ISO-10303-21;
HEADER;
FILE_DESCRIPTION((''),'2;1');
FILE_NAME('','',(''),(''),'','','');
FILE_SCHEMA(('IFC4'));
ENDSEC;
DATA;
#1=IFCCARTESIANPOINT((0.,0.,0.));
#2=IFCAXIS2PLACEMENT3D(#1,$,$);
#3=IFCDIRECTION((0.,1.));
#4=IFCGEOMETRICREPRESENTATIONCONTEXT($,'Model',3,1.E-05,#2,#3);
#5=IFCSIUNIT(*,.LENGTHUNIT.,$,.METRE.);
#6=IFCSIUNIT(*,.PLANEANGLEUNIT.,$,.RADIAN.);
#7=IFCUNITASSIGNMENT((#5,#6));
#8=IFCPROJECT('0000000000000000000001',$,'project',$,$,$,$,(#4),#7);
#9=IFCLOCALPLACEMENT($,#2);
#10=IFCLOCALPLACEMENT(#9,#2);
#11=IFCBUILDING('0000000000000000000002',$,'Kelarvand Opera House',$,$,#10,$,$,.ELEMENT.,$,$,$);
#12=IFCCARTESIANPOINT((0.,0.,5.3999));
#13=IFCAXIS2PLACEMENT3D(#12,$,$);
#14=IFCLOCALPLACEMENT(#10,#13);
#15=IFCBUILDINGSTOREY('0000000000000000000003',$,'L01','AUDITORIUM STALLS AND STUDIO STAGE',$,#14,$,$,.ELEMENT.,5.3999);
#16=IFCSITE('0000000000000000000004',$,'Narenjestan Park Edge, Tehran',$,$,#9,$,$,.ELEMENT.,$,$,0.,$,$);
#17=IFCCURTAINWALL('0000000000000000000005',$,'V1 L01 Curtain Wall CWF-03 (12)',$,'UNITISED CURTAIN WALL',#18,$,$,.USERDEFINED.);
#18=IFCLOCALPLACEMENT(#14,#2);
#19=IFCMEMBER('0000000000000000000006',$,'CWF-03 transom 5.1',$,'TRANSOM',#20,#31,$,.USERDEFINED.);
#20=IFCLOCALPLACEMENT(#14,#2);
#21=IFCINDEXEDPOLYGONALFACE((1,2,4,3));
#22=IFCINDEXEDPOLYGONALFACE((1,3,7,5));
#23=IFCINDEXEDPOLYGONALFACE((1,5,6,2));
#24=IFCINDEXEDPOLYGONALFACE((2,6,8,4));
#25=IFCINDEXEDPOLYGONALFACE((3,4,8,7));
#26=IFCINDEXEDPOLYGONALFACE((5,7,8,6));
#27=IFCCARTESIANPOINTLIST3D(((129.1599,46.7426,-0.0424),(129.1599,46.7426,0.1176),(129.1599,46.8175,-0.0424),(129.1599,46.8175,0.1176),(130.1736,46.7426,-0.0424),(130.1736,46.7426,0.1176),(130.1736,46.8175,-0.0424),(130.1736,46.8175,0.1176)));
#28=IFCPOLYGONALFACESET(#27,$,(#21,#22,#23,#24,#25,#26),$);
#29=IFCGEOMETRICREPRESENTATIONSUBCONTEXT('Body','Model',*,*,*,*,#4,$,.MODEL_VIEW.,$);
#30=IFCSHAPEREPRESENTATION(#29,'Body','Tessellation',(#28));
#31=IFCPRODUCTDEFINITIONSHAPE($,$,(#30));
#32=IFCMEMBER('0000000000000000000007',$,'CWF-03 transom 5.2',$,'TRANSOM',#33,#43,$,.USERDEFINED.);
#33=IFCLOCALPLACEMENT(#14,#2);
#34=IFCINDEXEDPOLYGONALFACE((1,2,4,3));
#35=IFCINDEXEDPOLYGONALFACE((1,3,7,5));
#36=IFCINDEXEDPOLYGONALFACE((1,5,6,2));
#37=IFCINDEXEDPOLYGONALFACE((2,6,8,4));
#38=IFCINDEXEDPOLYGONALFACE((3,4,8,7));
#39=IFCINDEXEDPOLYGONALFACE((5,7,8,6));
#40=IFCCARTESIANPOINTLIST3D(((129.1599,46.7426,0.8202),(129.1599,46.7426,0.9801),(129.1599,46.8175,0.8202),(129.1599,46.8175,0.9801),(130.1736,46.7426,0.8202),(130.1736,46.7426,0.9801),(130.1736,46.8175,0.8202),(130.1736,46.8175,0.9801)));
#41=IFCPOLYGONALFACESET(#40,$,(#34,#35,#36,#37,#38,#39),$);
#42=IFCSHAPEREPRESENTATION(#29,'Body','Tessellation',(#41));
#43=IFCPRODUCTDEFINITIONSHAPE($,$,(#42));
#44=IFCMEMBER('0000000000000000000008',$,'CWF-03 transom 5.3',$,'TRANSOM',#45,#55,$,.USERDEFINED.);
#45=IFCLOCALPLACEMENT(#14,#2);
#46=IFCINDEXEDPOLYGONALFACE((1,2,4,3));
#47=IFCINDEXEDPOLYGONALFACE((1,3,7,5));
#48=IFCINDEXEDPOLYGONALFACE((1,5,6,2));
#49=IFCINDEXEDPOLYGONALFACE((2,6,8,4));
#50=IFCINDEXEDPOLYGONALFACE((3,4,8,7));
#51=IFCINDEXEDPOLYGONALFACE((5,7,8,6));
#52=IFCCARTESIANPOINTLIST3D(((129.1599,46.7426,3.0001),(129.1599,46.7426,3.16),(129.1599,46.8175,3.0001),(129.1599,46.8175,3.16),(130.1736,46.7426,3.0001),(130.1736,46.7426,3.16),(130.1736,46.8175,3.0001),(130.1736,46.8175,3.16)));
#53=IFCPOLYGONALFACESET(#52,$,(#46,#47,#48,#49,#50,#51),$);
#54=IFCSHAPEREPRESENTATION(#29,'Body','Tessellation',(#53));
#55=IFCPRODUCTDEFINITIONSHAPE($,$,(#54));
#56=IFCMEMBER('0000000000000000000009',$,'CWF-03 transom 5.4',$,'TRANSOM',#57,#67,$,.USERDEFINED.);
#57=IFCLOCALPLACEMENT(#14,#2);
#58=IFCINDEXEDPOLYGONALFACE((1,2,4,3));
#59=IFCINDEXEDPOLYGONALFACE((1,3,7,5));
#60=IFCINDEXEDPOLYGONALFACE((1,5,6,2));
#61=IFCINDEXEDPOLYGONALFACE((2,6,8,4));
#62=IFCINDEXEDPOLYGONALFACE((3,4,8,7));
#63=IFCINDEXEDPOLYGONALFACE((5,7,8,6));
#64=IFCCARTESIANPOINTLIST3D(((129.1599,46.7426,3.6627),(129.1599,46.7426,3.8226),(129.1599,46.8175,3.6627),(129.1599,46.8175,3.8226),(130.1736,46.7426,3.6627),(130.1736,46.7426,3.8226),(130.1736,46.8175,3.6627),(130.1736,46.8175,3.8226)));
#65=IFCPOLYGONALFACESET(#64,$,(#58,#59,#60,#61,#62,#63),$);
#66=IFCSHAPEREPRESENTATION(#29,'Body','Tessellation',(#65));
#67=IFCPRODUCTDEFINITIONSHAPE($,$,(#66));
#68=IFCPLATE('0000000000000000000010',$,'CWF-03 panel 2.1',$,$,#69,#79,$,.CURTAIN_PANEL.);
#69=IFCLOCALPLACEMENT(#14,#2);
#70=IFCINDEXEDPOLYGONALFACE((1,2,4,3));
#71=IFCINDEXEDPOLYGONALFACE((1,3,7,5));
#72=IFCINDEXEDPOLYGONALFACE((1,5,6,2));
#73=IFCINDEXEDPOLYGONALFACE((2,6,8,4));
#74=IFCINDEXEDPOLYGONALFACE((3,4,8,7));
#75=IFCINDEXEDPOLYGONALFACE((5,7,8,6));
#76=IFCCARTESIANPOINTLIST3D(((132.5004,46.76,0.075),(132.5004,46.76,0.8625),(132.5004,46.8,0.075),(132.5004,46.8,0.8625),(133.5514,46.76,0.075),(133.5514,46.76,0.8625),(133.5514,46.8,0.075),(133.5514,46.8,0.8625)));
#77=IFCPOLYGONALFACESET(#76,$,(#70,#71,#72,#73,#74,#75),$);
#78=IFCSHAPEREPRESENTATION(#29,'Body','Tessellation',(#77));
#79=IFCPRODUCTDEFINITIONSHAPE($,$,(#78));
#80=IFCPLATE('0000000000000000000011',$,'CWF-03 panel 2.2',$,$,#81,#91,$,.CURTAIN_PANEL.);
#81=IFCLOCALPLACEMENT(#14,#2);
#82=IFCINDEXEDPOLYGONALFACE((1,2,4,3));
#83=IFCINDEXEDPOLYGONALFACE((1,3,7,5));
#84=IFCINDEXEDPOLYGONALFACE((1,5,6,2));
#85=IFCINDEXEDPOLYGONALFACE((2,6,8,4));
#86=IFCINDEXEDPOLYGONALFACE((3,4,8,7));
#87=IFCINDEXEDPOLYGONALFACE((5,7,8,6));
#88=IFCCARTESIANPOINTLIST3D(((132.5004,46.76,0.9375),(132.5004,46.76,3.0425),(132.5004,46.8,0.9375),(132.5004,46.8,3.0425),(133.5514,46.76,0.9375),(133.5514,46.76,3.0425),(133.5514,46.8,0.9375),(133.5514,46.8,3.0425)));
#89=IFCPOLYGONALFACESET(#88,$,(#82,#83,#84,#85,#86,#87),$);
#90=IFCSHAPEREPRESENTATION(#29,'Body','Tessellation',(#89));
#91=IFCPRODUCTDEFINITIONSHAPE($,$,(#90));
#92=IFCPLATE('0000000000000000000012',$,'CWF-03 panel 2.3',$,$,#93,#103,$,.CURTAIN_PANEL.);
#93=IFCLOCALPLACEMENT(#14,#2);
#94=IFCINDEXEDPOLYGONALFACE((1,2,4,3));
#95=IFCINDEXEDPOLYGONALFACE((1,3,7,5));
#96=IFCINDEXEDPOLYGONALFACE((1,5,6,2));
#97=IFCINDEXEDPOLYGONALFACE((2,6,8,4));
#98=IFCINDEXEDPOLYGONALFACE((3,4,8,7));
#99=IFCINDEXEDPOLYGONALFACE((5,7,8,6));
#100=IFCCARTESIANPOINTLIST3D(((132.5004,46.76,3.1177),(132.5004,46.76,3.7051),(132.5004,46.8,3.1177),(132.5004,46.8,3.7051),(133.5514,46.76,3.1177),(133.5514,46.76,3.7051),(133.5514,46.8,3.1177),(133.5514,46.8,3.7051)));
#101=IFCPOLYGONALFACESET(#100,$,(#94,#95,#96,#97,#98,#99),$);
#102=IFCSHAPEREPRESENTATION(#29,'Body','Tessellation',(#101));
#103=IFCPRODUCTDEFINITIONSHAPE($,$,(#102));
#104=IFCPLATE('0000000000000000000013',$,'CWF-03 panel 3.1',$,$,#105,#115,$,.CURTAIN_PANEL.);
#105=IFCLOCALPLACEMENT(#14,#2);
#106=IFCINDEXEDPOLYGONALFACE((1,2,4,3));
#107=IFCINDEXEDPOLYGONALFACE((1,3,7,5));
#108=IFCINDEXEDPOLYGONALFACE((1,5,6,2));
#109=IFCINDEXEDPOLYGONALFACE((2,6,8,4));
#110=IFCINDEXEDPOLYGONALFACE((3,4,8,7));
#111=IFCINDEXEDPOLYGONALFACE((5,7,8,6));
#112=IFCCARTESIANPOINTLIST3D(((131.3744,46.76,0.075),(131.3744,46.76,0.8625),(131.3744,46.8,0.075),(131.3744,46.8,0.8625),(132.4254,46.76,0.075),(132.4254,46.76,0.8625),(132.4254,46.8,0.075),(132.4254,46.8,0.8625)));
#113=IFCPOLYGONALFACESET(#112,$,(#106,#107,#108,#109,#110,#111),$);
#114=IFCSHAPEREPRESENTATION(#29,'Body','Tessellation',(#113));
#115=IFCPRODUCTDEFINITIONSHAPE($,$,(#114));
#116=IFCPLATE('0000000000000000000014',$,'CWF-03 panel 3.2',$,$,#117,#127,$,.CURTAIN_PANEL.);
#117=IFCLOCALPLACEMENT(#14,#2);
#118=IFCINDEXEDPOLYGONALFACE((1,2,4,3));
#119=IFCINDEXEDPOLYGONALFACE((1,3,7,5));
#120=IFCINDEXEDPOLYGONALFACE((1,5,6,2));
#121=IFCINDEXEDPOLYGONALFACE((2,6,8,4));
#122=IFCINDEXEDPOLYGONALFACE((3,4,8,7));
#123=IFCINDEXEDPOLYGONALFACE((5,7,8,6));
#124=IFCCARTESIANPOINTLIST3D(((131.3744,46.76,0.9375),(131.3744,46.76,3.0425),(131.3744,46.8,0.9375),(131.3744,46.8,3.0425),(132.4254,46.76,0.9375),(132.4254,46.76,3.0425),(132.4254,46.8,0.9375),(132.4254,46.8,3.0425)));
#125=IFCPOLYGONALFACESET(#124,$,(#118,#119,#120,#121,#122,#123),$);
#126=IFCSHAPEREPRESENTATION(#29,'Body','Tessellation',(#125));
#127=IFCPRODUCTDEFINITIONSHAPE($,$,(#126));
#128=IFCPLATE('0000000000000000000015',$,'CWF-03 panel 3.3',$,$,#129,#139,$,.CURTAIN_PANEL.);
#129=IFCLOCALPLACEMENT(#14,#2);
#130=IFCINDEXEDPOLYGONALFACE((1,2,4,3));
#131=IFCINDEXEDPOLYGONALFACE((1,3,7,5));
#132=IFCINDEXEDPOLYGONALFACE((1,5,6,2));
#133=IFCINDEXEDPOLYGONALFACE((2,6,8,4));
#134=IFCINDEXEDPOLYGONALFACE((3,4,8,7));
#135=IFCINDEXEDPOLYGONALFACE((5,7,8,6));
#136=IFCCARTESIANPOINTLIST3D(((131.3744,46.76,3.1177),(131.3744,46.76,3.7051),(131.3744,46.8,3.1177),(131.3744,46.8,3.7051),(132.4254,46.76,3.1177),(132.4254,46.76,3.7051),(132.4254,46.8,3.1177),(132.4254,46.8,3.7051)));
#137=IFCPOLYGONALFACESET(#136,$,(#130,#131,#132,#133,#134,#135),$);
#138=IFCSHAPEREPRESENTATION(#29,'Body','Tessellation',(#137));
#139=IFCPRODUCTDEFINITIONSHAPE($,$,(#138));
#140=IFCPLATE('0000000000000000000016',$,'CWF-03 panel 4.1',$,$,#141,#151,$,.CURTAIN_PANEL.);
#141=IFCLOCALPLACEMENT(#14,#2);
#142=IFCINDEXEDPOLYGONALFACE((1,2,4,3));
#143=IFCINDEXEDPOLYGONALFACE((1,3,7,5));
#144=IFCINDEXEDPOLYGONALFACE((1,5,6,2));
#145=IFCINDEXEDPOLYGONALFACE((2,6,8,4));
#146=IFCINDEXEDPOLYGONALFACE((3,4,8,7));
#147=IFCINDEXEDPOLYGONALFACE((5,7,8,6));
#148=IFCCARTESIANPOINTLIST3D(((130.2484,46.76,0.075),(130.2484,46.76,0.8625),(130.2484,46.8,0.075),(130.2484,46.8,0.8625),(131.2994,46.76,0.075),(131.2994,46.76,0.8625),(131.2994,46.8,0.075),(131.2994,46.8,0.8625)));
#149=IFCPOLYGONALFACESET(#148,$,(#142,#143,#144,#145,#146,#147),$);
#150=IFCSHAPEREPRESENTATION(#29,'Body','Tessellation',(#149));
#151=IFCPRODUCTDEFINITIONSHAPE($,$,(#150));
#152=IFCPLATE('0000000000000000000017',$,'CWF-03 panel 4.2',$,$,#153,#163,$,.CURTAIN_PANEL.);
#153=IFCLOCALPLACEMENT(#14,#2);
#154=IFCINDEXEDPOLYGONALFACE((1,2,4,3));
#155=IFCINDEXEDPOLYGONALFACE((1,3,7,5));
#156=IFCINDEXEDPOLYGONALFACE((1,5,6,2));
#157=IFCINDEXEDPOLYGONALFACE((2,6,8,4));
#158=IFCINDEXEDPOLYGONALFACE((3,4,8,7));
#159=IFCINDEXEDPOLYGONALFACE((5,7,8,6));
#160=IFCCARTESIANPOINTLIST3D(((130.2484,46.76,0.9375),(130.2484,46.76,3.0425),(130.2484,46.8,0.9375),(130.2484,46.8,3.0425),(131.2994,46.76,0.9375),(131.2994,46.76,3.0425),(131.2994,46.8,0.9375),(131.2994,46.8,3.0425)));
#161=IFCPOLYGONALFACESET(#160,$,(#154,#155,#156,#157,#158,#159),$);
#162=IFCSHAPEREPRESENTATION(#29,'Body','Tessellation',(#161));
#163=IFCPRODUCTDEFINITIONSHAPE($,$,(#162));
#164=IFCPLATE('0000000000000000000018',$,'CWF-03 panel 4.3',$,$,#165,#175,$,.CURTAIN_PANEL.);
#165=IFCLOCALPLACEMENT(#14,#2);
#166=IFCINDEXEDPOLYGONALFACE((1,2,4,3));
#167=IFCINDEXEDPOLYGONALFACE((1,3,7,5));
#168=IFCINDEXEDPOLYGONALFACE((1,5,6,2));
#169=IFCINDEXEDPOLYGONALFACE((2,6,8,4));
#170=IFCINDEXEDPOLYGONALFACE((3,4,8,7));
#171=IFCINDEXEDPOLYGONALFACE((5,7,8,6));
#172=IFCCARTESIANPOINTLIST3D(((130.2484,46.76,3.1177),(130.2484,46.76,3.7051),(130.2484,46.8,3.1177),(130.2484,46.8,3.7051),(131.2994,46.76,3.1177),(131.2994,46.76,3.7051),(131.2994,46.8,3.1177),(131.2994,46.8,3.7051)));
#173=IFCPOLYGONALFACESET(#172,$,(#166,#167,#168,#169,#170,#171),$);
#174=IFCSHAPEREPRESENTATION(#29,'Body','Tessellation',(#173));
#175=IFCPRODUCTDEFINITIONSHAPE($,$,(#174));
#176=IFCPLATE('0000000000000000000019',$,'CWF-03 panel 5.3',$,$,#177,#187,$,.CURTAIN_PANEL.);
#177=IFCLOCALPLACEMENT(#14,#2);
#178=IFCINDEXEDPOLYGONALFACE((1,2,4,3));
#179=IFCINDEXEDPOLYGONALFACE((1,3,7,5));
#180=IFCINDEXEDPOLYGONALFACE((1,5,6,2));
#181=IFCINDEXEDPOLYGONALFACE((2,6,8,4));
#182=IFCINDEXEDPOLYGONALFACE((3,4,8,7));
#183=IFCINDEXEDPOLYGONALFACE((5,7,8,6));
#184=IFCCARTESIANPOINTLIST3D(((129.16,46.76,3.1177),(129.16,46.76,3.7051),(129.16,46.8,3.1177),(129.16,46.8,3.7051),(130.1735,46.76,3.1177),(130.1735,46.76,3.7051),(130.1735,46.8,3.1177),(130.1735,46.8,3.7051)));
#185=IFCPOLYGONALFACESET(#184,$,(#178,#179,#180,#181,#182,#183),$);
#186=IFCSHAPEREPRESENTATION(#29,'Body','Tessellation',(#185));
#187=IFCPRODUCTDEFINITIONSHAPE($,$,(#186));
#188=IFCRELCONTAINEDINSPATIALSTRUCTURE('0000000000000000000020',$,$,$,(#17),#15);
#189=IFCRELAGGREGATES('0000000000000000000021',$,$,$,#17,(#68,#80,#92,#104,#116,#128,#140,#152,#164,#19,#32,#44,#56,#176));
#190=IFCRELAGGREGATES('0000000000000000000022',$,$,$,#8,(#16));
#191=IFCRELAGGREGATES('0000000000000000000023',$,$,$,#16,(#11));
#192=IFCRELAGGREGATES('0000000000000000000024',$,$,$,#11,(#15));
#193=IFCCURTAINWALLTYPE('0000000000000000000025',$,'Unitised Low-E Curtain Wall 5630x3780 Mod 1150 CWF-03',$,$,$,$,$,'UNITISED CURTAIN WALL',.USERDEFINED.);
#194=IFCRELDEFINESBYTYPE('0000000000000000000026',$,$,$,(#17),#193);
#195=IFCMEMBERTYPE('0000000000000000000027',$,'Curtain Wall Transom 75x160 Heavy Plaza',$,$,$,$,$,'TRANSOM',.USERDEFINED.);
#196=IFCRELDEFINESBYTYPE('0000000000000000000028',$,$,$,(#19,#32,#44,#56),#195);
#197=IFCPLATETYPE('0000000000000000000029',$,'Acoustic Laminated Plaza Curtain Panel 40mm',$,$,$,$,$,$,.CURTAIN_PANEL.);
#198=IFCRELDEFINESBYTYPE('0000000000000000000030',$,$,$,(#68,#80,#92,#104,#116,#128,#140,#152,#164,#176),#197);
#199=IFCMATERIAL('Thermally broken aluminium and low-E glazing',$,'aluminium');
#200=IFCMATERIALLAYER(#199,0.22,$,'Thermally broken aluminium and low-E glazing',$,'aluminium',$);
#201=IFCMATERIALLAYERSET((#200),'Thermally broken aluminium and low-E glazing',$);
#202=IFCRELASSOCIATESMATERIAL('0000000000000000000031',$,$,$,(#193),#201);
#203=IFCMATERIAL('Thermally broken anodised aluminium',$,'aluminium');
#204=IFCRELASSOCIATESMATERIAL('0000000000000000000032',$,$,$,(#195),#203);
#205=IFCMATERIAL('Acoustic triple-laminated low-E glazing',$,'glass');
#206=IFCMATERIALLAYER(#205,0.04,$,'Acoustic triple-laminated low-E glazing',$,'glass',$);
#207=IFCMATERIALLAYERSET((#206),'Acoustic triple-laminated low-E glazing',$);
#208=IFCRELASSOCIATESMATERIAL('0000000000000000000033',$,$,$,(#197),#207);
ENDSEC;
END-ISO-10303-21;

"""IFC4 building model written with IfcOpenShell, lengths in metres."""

from ifc_helpers import new_model, si_unit, direction, frame, origin, origin_2d, place, context, subcontext, project, spatial, rectangle, extrude, material, layer, layer_set, material_profile, profile_set, type_object, element, aggregate, save


model = new_model("IFC4")

# Units and contexts
model_context = context("Model", 3, precision=1e-05, world=origin(), true_north=direction((0.0, 1.0)))
body_context = subcontext(model_context, "Body", "Model", "MODEL_VIEW")
ifc_project = project(units=[si_unit("LENGTHUNIT", "METRE"), si_unit("PLANEANGLEUNIT", "RADIAN")], contexts=[model_context])

# Site, building, storey
site_placement = place(None, origin())
site = spatial("IfcSite", under=ifc_project, at=site_placement, Name="Narenjestan Park Edge, Tehran", CompositionType="ELEMENT", RefElevation=0.0)
building_placement = place(site_placement, origin())
building = spatial("IfcBuilding", under=site, at=building_placement, Name="Kelarvand Opera House", CompositionType="ELEMENT")
storey_placement = place(building_placement, frame((0.0, 0.0, 5.3999)))
storey = spatial("IfcBuildingStorey", under=building, at=storey_placement, Name="L01", Description="AUDITORIUM STALLS AND STUDIO STAGE", CompositionType="ELEMENT", Elevation=5.3999)

# Curtain wall, members, plates
ifc_material_1 = material(Name="Thermally broken aluminium and low-E glazing", Category="aluminium")
ifc_layer_1 = layer(ifc_material_1, 0.22, Name="Thermally broken aluminium and low-E glazing", Category="aluminium")
ifc_layer_set_1 = layer_set([ifc_layer_1], Name="Thermally broken aluminium and low-E glazing")
curtain_wall_type = type_object("IfcCurtainWallType", Name="Unitised Low-E Curtain Wall 5630x3780 Mod 1150 CWF-03", ElementType="UNITISED CURTAIN WALL", PredefinedType="USERDEFINED", material=ifc_layer_set_1)
curtain_wall_placement = place(storey_placement, origin())
curtain_wall = element("IfcCurtainWall", 1, at=curtain_wall_placement, inside=storey, type_object=curtain_wall_type, Name="V1 L01 Curtain Wall CWF-03 (12)", ObjectType="UNITISED CURTAIN WALL", PredefinedType="USERDEFINED")
ifc_material_2 = material(Name="Thermally broken anodised aluminium", Category="aluminium")
ifc_material_profile_1 = material_profile(ifc_material_2, rectangle(XDim=0.075, YDim=0.1599, at=origin_2d()), Name="ALU TRANSOM 75x160", Category="aluminium")
ifc_profile_set_1 = profile_set([ifc_material_profile_1], Name="Thermally broken anodised aluminium")
member_type_1 = type_object("IfcMemberType", Name="Curtain Wall Transom 75x160 Heavy Plaza", ElementType="TRANSOM", PredefinedType="USERDEFINED", material=ifc_profile_set_1)
member_1_placement = place(storey_placement, frame((130.1736, 46.78, 0.0376), z_axis=(-1.0, 0.0, 0.0), x_axis=(0.0, -1.0, 0.0)))
member_1 = element("IfcMember", 2, at=member_1_placement, type_object=member_type_1, Name="CWF-03 transom 5.1", ObjectType="TRANSOM", PredefinedType="USERDEFINED", context=body_context, shape_type="SweptSolid", body=[
    extrude(rectangle(XDim=0.075, YDim=0.1599, at=origin_2d()), origin(), (0.0, 0.0, 1.0), 1.0137),
])
member_2_placement = place(storey_placement, frame((130.1736, 46.78, 0.9001), z_axis=(-1.0, 0.0, 0.0), x_axis=(0.0, -1.0, 0.0)))
member_2 = element("IfcMember", 3, at=member_2_placement, type_object=member_type_1, Name="CWF-03 transom 5.2", ObjectType="TRANSOM", PredefinedType="USERDEFINED", context=body_context, shape_type="SweptSolid", body=[
    extrude(rectangle(XDim=0.075, YDim=0.1599, at=origin_2d()), origin(), (0.0, 0.0, 1.0), 1.0137),
])
member_3_placement = place(storey_placement, frame((130.1736, 46.78, 3.0801), z_axis=(-1.0, 0.0, 0.0), x_axis=(0.0, -1.0, 0.0)))
member_3 = element("IfcMember", 4, at=member_3_placement, type_object=member_type_1, Name="CWF-03 transom 5.3", ObjectType="TRANSOM", PredefinedType="USERDEFINED", context=body_context, shape_type="SweptSolid", body=[
    extrude(rectangle(XDim=0.075, YDim=0.1599, at=origin_2d()), origin(), (0.0, 0.0, 1.0), 1.0137),
])
member_4_placement = place(storey_placement, frame((130.1736, 46.78, 3.7427), z_axis=(-1.0, 0.0, 0.0), x_axis=(0.0, -1.0, 0.0)))
member_4 = element("IfcMember", 5, at=member_4_placement, type_object=member_type_1, Name="CWF-03 transom 5.4", ObjectType="TRANSOM", PredefinedType="USERDEFINED", context=body_context, shape_type="SweptSolid", body=[
    extrude(rectangle(XDim=0.075, YDim=0.1599, at=origin_2d()), origin(), (0.0, 0.0, 1.0), 1.0137),
])
ifc_material_3 = material(Name="Acoustic triple-laminated low-E glazing", Category="glass")
ifc_layer_2 = layer(ifc_material_3, 0.04, Name="Acoustic triple-laminated low-E glazing", Category="glass")
ifc_layer_set_2 = layer_set([ifc_layer_2], Name="Acoustic triple-laminated low-E glazing")
plate_type = type_object("IfcPlateType", Name="Acoustic Laminated Plaza Curtain Panel 40mm", PredefinedType="CURTAIN_PANEL", material=ifc_layer_set_2)
plate_1_placement = place(storey_placement, frame((133.0259, 46.78, 0.075), z_axis=(0.0, 0.0, 1.0), x_axis=(-1.0, 0.0, 0.0)))
plate_1 = element("IfcPlate", 6, at=plate_1_placement, type_object=plate_type, Name="CWF-03 panel 2.1", PredefinedType="CURTAIN_PANEL", context=body_context, shape_type="SweptSolid", body=[
    extrude(rectangle(XDim=1.051, YDim=0.04, at=origin_2d()), origin(), (0.0, 0.0, 1.0), 0.7876),
])
plate_2_placement = place(storey_placement, frame((133.0259, 46.78, 0.9375), z_axis=(0.0, 0.0, 1.0), x_axis=(-1.0, 0.0, 0.0)))
plate_2 = element("IfcPlate", 7, at=plate_2_placement, type_object=plate_type, Name="CWF-03 panel 2.2", PredefinedType="CURTAIN_PANEL", context=body_context, shape_type="SweptSolid", body=[
    extrude(rectangle(XDim=1.051, YDim=0.04, at=origin_2d()), origin(), (0.0, 0.0, 1.0), 2.105),
])
plate_3_placement = place(storey_placement, frame((133.0259, 46.78, 3.1177), z_axis=(0.0, 0.0, 1.0), x_axis=(-1.0, 0.0, 0.0)))
plate_3 = element("IfcPlate", 8, at=plate_3_placement, type_object=plate_type, Name="CWF-03 panel 2.3", PredefinedType="CURTAIN_PANEL", context=body_context, shape_type="SweptSolid", body=[
    extrude(rectangle(XDim=1.051, YDim=0.04, at=origin_2d()), origin(), (0.0, 0.0, 1.0), 0.5874),
])
plate_4_placement = place(storey_placement, frame((131.8999, 46.78, 0.075), z_axis=(0.0, 0.0, 1.0), x_axis=(-1.0, 0.0, 0.0)))
plate_4 = element("IfcPlate", 9, at=plate_4_placement, type_object=plate_type, Name="CWF-03 panel 3.1", PredefinedType="CURTAIN_PANEL", context=body_context, shape_type="SweptSolid", body=[
    extrude(rectangle(XDim=1.051, YDim=0.04, at=origin_2d()), origin(), (0.0, 0.0, 1.0), 0.7876),
])
plate_5_placement = place(storey_placement, frame((131.8999, 46.78, 0.9375), z_axis=(0.0, 0.0, 1.0), x_axis=(-1.0, 0.0, 0.0)))
plate_5 = element("IfcPlate", 10, at=plate_5_placement, type_object=plate_type, Name="CWF-03 panel 3.2", PredefinedType="CURTAIN_PANEL", context=body_context, shape_type="SweptSolid", body=[
    extrude(rectangle(XDim=1.051, YDim=0.04, at=origin_2d()), origin(), (0.0, 0.0, 1.0), 2.105),
])
plate_6_placement = place(storey_placement, frame((131.8999, 46.78, 3.1177), z_axis=(0.0, 0.0, 1.0), x_axis=(-1.0, 0.0, 0.0)))
plate_6 = element("IfcPlate", 11, at=plate_6_placement, type_object=plate_type, Name="CWF-03 panel 3.3", PredefinedType="CURTAIN_PANEL", context=body_context, shape_type="SweptSolid", body=[
    extrude(rectangle(XDim=1.051, YDim=0.04, at=origin_2d()), origin(), (0.0, 0.0, 1.0), 0.5874),
])
plate_7_placement = place(storey_placement, frame((130.7739, 46.78, 0.075), z_axis=(0.0, 0.0, 1.0), x_axis=(-1.0, 0.0, 0.0)))
plate_7 = element("IfcPlate", 12, at=plate_7_placement, type_object=plate_type, Name="CWF-03 panel 4.1", PredefinedType="CURTAIN_PANEL", context=body_context, shape_type="SweptSolid", body=[
    extrude(rectangle(XDim=1.051, YDim=0.04, at=origin_2d()), origin(), (0.0, 0.0, 1.0), 0.7876),
])
plate_8_placement = place(storey_placement, frame((130.7739, 46.78, 0.9375), z_axis=(0.0, 0.0, 1.0), x_axis=(-1.0, 0.0, 0.0)))
plate_8 = element("IfcPlate", 13, at=plate_8_placement, type_object=plate_type, Name="CWF-03 panel 4.2", PredefinedType="CURTAIN_PANEL", context=body_context, shape_type="SweptSolid", body=[
    extrude(rectangle(XDim=1.051, YDim=0.04, at=origin_2d()), origin(), (0.0, 0.0, 1.0), 2.105),
])
plate_9_placement = place(storey_placement, frame((130.7739, 46.78, 3.1177), z_axis=(0.0, 0.0, 1.0), x_axis=(-1.0, 0.0, 0.0)))
plate_9 = element("IfcPlate", 14, at=plate_9_placement, type_object=plate_type, Name="CWF-03 panel 4.3", PredefinedType="CURTAIN_PANEL", context=body_context, shape_type="SweptSolid", body=[
    extrude(rectangle(XDim=1.051, YDim=0.04, at=origin_2d()), origin(), (0.0, 0.0, 1.0), 0.5874),
])
plate_10_placement = place(storey_placement, frame((129.6667, 46.78, 3.1177), z_axis=(0.0, 0.0, 1.0), x_axis=(-1.0, 0.0, 0.0)))
plate_10 = element("IfcPlate", 15, at=plate_10_placement, type_object=plate_type, Name="CWF-03 panel 5.3", PredefinedType="CURTAIN_PANEL", context=body_context, shape_type="SweptSolid", body=[
    extrude(rectangle(XDim=1.0134, YDim=0.04, at=origin_2d()), origin(), (0.0, 0.0, 1.0), 0.5874),
])
aggregate(curtain_wall, [plate_1, plate_2, plate_3, plate_4, plate_5, plate_6, plate_7, plate_8, plate_9, member_1, member_2, member_3, member_4, plate_10])

save(model, "model.ifc")
